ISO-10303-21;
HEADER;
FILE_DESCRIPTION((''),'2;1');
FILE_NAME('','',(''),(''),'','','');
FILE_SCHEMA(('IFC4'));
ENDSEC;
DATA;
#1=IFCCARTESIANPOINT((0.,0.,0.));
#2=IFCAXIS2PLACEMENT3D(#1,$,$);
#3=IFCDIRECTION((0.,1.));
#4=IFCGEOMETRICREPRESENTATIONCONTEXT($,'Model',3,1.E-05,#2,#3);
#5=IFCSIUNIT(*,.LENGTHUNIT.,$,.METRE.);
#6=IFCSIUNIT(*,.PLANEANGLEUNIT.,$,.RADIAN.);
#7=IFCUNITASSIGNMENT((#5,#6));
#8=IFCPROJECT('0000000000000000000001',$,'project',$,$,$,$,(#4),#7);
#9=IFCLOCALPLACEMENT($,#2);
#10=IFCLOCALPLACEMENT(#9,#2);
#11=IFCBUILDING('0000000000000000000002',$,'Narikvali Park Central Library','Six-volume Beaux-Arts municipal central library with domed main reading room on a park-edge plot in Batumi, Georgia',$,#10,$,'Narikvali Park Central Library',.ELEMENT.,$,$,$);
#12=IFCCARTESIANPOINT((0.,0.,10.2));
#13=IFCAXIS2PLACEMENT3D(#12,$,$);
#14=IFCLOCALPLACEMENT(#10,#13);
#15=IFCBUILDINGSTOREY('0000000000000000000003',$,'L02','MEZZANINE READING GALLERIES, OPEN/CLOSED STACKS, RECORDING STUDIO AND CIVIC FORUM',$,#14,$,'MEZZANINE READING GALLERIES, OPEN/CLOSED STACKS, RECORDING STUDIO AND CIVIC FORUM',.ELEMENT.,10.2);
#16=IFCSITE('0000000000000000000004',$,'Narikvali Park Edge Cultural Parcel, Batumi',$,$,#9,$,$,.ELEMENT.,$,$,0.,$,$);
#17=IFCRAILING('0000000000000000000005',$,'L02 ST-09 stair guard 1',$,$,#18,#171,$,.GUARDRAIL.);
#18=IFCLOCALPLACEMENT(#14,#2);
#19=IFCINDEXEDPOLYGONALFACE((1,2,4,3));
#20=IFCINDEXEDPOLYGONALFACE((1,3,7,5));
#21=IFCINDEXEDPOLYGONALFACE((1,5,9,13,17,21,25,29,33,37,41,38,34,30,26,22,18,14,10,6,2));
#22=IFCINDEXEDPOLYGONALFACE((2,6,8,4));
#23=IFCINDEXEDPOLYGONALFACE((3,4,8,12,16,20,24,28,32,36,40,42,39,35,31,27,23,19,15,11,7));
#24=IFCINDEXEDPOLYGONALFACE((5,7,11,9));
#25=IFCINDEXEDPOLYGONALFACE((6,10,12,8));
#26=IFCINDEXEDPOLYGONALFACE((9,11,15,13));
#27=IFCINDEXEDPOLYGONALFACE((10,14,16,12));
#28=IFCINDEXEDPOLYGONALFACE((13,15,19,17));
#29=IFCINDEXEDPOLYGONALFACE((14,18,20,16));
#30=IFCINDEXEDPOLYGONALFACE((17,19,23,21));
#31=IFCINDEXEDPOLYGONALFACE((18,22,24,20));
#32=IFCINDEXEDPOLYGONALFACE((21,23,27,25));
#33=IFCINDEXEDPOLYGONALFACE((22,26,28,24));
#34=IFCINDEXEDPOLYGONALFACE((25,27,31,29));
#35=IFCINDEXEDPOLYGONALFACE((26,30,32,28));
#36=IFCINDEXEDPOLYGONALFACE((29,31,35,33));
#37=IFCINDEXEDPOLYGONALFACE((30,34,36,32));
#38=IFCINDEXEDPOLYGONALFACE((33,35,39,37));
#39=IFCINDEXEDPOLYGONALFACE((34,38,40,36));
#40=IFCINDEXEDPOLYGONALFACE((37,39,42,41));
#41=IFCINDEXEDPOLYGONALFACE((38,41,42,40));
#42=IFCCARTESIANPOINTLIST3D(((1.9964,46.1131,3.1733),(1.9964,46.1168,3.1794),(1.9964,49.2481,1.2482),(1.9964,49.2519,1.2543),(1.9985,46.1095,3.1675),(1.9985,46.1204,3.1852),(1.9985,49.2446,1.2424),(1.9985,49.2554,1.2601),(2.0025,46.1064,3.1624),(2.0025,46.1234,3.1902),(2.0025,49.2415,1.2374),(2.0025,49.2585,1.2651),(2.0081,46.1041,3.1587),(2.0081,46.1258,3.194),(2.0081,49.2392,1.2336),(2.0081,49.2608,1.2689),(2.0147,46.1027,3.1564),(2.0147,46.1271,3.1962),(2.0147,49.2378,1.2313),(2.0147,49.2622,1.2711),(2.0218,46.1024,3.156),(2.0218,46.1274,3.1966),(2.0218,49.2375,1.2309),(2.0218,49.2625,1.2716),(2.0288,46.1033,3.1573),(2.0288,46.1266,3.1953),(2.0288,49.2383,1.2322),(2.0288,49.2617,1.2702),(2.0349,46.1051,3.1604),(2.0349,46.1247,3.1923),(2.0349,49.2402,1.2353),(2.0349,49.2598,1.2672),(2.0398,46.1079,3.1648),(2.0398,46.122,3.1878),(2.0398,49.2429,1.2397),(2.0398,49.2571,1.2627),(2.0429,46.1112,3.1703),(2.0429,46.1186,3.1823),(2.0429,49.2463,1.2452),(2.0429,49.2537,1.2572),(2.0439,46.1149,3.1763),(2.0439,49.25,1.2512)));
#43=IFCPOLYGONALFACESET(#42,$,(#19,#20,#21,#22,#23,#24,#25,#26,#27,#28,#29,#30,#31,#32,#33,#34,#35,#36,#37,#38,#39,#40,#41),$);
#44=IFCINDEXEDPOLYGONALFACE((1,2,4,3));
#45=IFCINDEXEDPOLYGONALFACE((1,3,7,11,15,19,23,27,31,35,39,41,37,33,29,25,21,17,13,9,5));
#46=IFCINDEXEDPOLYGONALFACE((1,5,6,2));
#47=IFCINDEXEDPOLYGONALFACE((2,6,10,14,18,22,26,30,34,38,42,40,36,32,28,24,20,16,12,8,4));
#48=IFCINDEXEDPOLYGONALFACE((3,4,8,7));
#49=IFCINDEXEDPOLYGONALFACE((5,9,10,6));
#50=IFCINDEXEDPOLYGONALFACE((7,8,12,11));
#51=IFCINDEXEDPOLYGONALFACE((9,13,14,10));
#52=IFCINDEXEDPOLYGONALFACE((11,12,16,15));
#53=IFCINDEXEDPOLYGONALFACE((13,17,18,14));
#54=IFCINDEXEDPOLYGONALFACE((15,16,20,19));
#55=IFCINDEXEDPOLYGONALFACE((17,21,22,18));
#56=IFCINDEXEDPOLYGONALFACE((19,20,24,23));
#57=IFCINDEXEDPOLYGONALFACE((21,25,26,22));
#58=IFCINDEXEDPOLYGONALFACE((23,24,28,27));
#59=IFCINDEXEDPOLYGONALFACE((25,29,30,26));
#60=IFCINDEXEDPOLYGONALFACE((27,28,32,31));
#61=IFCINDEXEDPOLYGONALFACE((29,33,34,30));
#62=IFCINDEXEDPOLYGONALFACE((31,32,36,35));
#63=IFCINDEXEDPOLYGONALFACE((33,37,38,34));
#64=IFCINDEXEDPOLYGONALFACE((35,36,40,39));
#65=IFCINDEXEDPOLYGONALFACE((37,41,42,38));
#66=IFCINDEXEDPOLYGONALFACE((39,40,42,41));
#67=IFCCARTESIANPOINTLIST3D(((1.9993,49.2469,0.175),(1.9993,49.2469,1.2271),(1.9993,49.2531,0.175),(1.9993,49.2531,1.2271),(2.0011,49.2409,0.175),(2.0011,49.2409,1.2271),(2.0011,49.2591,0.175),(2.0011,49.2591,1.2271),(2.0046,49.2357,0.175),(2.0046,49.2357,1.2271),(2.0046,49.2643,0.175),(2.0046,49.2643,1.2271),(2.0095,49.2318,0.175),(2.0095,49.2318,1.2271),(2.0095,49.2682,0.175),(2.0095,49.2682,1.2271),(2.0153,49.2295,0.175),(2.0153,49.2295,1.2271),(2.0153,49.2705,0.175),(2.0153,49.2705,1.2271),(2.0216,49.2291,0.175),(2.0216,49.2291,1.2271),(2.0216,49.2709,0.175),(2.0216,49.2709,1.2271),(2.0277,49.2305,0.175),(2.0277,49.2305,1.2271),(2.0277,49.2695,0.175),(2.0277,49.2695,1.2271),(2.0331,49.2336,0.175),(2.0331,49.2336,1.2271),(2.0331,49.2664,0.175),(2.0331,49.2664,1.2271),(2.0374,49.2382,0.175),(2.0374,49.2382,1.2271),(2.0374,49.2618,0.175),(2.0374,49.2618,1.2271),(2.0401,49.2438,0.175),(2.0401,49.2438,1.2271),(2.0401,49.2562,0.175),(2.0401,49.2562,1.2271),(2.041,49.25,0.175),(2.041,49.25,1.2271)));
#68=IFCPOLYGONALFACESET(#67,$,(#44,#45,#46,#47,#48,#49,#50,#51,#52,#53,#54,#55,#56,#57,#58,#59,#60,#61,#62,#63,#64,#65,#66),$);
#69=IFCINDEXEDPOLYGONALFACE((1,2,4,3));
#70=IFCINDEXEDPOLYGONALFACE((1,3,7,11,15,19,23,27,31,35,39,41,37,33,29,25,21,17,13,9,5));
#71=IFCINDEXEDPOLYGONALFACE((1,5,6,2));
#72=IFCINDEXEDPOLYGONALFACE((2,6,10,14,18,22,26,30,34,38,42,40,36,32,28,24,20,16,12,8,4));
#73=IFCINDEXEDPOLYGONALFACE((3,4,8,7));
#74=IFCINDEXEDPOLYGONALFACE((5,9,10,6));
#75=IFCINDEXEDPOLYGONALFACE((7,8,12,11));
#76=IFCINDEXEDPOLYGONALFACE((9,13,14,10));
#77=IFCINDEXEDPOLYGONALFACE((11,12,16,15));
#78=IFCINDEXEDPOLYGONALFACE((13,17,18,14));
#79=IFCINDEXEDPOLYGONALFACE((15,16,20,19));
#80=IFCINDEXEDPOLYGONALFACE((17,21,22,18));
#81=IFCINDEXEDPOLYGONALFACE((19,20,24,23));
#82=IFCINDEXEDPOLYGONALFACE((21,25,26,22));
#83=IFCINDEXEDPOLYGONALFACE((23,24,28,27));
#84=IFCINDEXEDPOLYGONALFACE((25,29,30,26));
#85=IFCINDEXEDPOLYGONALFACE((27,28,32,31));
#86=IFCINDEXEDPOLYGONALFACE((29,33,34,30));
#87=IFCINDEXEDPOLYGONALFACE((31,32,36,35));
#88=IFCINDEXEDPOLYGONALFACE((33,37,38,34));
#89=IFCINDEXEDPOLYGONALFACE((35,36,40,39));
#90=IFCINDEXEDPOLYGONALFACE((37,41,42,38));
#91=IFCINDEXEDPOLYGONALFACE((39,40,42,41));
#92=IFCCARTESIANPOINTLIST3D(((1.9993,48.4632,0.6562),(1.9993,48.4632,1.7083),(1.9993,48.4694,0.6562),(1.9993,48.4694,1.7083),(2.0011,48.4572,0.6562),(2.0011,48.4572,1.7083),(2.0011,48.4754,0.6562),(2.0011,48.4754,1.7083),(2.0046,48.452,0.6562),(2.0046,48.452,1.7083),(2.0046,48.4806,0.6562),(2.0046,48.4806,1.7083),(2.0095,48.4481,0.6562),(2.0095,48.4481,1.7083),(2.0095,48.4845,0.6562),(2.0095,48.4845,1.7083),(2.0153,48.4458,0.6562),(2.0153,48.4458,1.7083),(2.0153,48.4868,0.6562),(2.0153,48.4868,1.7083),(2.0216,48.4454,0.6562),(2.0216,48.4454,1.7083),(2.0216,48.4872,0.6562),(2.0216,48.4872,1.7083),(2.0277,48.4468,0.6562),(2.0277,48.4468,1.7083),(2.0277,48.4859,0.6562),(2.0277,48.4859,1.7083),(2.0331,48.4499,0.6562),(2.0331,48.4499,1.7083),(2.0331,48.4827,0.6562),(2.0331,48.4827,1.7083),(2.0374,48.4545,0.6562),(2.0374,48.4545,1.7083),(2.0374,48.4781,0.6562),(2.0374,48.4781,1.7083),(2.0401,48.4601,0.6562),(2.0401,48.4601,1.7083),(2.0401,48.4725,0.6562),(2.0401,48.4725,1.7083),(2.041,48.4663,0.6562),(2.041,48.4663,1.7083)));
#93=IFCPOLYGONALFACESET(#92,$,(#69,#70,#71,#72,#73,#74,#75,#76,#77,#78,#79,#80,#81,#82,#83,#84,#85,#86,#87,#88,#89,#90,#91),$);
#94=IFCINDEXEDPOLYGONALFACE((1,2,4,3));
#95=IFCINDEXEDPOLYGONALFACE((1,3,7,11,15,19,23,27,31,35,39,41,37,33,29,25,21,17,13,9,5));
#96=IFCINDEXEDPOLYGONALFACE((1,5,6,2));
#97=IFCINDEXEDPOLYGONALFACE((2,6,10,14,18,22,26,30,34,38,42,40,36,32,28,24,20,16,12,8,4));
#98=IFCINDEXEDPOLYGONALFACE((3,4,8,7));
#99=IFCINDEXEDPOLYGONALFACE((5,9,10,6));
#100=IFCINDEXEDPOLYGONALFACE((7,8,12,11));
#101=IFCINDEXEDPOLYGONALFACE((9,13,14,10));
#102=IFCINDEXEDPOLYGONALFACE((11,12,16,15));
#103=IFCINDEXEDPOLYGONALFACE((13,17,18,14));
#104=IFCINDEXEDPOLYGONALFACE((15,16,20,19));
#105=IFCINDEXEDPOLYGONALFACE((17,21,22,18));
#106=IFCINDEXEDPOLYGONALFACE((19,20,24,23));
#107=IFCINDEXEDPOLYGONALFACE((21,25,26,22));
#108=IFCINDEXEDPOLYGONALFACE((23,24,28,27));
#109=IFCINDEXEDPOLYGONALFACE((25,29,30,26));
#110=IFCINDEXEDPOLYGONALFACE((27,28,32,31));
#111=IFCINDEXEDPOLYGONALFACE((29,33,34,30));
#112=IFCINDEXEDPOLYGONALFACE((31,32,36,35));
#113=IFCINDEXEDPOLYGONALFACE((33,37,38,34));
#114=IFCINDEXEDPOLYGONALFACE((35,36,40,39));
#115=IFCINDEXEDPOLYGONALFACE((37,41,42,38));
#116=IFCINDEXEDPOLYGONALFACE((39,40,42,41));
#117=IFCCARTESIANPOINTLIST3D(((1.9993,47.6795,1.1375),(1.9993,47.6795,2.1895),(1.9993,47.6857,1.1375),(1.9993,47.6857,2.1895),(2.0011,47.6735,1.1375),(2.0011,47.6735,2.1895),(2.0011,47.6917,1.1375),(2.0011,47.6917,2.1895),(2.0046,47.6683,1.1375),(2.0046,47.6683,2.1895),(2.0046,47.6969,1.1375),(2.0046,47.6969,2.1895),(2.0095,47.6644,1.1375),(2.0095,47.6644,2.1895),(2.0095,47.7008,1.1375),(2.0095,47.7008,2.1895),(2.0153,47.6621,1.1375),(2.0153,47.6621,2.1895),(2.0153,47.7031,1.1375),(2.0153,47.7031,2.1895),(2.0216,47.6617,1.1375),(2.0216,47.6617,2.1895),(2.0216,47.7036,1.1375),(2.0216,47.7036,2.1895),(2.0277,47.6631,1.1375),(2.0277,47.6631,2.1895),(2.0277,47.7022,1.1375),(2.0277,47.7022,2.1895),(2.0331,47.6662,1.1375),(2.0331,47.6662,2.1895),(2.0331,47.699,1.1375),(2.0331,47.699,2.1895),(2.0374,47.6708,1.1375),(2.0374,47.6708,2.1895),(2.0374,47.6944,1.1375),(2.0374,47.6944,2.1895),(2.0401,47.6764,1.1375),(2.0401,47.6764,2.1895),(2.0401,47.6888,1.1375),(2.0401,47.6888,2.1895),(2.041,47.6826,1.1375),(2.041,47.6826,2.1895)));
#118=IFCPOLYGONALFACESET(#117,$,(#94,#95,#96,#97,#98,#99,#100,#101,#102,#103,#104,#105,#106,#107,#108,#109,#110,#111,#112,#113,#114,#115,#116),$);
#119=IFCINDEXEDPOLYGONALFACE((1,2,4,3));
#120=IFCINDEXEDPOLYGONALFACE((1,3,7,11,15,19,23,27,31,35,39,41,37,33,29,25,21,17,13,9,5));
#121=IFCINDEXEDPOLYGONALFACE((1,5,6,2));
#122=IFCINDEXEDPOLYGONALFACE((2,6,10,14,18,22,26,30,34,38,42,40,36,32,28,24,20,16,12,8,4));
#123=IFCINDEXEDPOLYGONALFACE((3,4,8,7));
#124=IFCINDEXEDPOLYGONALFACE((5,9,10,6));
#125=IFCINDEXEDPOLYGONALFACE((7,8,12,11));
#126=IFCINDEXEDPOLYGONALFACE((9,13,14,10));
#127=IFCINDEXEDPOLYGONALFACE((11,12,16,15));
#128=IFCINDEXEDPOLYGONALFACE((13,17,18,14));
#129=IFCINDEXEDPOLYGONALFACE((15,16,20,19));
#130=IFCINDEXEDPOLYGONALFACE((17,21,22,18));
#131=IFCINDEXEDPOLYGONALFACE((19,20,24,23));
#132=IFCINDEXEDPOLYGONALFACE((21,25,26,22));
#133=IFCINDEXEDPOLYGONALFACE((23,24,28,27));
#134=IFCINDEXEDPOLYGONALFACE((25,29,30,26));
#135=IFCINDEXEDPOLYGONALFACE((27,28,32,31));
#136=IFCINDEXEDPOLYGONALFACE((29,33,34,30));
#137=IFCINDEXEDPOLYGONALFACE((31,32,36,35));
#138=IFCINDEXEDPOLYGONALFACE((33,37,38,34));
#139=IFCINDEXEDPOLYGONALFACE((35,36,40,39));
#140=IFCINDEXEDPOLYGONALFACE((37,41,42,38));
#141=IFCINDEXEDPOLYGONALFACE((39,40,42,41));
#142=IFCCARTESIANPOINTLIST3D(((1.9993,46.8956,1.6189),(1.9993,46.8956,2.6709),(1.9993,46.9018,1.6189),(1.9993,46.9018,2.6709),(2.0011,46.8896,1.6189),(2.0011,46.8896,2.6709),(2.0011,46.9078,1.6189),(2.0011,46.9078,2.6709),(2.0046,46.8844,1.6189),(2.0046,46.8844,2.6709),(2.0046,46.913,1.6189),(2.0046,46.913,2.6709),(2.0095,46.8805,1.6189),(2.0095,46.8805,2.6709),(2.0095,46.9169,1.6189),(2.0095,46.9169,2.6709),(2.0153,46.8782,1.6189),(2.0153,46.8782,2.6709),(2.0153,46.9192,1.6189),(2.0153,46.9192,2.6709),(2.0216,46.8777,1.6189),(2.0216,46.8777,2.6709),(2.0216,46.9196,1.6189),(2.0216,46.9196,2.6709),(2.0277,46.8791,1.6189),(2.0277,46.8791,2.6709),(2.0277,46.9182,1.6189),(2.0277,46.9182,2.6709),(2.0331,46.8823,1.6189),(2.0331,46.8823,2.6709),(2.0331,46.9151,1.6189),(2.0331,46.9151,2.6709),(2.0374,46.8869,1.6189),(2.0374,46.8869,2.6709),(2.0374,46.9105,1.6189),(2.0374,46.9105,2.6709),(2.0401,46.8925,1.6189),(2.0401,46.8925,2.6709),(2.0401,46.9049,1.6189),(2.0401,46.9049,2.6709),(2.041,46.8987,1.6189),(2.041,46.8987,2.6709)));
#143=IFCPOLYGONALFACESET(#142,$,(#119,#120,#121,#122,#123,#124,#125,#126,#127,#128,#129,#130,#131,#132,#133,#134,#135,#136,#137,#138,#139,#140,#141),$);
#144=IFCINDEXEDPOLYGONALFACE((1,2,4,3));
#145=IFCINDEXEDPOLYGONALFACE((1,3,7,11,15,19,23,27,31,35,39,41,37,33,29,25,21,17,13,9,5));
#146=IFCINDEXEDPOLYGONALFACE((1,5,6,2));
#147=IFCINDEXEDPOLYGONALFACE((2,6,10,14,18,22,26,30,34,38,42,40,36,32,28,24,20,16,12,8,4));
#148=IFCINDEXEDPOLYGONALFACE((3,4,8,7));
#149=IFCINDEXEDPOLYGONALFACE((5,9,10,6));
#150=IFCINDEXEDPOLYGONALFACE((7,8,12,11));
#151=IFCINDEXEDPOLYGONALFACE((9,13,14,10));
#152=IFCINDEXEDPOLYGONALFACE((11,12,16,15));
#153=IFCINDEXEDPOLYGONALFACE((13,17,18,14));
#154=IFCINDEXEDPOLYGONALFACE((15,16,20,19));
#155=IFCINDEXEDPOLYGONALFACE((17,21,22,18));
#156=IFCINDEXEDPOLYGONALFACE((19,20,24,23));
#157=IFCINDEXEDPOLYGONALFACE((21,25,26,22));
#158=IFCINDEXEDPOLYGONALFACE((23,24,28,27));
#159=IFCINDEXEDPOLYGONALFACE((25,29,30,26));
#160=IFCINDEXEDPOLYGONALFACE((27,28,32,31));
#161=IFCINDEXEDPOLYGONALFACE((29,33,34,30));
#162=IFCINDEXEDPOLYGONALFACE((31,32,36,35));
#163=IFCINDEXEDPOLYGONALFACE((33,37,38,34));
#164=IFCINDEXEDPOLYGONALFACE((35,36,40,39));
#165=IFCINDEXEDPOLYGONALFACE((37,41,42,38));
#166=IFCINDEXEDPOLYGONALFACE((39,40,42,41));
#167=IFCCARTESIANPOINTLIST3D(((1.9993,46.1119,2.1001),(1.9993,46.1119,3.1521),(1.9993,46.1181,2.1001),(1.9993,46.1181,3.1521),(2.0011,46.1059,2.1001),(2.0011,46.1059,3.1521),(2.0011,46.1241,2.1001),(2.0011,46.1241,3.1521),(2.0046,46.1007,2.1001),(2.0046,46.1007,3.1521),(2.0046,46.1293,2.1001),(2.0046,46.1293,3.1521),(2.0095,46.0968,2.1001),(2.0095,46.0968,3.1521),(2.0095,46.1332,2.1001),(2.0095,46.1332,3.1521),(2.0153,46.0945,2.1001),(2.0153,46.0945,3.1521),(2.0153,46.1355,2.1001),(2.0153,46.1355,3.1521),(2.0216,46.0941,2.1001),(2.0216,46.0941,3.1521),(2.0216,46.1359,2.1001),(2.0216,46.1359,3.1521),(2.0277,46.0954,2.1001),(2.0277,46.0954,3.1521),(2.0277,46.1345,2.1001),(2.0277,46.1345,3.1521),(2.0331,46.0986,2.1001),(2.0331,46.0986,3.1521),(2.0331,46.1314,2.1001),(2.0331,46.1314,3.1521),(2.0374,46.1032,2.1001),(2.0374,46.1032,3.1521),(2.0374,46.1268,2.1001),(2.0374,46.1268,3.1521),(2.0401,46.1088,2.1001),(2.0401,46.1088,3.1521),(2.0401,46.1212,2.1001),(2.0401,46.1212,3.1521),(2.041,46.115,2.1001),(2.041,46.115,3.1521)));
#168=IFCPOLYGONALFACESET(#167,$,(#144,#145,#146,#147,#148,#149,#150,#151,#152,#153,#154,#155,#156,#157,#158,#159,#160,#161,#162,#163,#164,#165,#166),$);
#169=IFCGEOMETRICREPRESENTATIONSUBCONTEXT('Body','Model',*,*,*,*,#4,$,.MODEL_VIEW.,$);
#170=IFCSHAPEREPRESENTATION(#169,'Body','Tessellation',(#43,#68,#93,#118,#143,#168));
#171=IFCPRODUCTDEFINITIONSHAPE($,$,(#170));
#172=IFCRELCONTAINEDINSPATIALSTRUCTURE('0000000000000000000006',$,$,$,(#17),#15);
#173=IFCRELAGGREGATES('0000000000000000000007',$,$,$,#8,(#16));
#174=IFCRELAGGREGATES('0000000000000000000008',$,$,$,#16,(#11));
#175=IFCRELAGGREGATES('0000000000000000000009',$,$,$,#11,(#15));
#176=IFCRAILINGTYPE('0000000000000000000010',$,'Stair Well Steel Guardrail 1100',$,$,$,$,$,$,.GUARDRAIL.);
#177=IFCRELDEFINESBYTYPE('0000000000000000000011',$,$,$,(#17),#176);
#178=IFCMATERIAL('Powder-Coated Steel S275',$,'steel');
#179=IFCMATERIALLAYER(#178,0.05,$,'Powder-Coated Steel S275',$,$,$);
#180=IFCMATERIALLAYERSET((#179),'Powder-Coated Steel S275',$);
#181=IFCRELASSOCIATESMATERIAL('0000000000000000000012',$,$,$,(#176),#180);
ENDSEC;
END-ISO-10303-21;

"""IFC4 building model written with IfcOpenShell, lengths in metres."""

from ifc_helpers import new_model, si_unit, direction, frame, origin, origin_2d, place, context, subcontext, project, spatial, circle, extrude, material, layer, layer_set, type_object, element, save


model = new_model("IFC4")

# Units and contexts
model_context = context("Model", 3, precision=1e-05, world=origin(), true_north=direction((0.0, 1.0)))
body_context = subcontext(model_context, "Body", "Model", "MODEL_VIEW")
ifc_project = project(units=[si_unit("LENGTHUNIT", "METRE"), si_unit("PLANEANGLEUNIT", "RADIAN")], contexts=[model_context])

# Site, building, storey
site_placement = place(None, origin())
site = spatial("IfcSite", under=ifc_project, at=site_placement, Name="Narikvali Park Edge Cultural Parcel, Batumi", CompositionType="ELEMENT", RefElevation=0.0)
building_placement = place(site_placement, origin())
building = spatial("IfcBuilding", under=site, at=building_placement, Name="Narikvali Park Central Library", Description="Six-volume Beaux-Arts municipal central library with domed main reading room on a park-edge plot in Batumi, Georgia", LongName="Narikvali Park Central Library", CompositionType="ELEMENT")
storey_placement = place(building_placement, frame((0.0, 0.0, 10.2)))
storey = spatial("IfcBuildingStorey", under=building, at=storey_placement, Name="L02", Description="MEZZANINE READING GALLERIES, OPEN/CLOSED STACKS, RECORDING STUDIO AND CIVIC FORUM", LongName="MEZZANINE READING GALLERIES, OPEN/CLOSED STACKS, RECORDING STUDIO AND CIVIC FORUM", CompositionType="ELEMENT", Elevation=10.2)

# Railing
ifc_material_1 = material(Name="Powder-Coated Steel S275", Category="steel")
ifc_layer_1 = layer(ifc_material_1, 0.05, Name="Powder-Coated Steel S275")
ifc_layer_set_1 = layer_set([ifc_layer_1], Name="Powder-Coated Steel S275")
railing_type_1 = type_object("IfcRailingType", Name="Stair Well Steel Guardrail 1100", PredefinedType="GUARDRAIL", material=ifc_layer_set_1)
railing_1_placement = place(storey_placement, frame((2.02, 49.25, 0.175)))
element("IfcRailing", 1, at=railing_1_placement, inside=storey, type_object=railing_type_1, Name="L02 ST-09 stair guard 1", PredefinedType="GUARDRAIL", context=body_context, shape_type="SweptSolid", body=[
    extrude(circle(Radius=0.0239, at=origin_2d()), frame((0.0, 0.0, 1.0762), z_axis=(0.0, -0.852166, 0.523271), x_axis=(1.0, 0.0, 0.0)), (0.0, 0.0, 1.0), 3.679),
    extrude(circle(Radius=0.021, at=origin_2d()), origin(), (0.0, 0.0, 1.0), 1.052),
    extrude(circle(Radius=0.021, at=origin_2d()), frame((0.0, -0.7837, 0.4812)), (0.0, 0.0, 1.0), 1.052),
    extrude(circle(Radius=0.021, at=origin_2d()), frame((0.0, -1.5674, 0.9624)), (0.0, 0.0, 1.0), 1.052),
    extrude(circle(Radius=0.021, at=origin_2d()), frame((0.0, -2.3513, 1.4438)), (0.0, 0.0, 1.0), 1.052),
    extrude(circle(Radius=0.021, at=origin_2d()), frame((0.0, -3.135, 1.925)), (0.0, 0.0, 1.0), 1.052),
])

save(model, "model.ifc")
